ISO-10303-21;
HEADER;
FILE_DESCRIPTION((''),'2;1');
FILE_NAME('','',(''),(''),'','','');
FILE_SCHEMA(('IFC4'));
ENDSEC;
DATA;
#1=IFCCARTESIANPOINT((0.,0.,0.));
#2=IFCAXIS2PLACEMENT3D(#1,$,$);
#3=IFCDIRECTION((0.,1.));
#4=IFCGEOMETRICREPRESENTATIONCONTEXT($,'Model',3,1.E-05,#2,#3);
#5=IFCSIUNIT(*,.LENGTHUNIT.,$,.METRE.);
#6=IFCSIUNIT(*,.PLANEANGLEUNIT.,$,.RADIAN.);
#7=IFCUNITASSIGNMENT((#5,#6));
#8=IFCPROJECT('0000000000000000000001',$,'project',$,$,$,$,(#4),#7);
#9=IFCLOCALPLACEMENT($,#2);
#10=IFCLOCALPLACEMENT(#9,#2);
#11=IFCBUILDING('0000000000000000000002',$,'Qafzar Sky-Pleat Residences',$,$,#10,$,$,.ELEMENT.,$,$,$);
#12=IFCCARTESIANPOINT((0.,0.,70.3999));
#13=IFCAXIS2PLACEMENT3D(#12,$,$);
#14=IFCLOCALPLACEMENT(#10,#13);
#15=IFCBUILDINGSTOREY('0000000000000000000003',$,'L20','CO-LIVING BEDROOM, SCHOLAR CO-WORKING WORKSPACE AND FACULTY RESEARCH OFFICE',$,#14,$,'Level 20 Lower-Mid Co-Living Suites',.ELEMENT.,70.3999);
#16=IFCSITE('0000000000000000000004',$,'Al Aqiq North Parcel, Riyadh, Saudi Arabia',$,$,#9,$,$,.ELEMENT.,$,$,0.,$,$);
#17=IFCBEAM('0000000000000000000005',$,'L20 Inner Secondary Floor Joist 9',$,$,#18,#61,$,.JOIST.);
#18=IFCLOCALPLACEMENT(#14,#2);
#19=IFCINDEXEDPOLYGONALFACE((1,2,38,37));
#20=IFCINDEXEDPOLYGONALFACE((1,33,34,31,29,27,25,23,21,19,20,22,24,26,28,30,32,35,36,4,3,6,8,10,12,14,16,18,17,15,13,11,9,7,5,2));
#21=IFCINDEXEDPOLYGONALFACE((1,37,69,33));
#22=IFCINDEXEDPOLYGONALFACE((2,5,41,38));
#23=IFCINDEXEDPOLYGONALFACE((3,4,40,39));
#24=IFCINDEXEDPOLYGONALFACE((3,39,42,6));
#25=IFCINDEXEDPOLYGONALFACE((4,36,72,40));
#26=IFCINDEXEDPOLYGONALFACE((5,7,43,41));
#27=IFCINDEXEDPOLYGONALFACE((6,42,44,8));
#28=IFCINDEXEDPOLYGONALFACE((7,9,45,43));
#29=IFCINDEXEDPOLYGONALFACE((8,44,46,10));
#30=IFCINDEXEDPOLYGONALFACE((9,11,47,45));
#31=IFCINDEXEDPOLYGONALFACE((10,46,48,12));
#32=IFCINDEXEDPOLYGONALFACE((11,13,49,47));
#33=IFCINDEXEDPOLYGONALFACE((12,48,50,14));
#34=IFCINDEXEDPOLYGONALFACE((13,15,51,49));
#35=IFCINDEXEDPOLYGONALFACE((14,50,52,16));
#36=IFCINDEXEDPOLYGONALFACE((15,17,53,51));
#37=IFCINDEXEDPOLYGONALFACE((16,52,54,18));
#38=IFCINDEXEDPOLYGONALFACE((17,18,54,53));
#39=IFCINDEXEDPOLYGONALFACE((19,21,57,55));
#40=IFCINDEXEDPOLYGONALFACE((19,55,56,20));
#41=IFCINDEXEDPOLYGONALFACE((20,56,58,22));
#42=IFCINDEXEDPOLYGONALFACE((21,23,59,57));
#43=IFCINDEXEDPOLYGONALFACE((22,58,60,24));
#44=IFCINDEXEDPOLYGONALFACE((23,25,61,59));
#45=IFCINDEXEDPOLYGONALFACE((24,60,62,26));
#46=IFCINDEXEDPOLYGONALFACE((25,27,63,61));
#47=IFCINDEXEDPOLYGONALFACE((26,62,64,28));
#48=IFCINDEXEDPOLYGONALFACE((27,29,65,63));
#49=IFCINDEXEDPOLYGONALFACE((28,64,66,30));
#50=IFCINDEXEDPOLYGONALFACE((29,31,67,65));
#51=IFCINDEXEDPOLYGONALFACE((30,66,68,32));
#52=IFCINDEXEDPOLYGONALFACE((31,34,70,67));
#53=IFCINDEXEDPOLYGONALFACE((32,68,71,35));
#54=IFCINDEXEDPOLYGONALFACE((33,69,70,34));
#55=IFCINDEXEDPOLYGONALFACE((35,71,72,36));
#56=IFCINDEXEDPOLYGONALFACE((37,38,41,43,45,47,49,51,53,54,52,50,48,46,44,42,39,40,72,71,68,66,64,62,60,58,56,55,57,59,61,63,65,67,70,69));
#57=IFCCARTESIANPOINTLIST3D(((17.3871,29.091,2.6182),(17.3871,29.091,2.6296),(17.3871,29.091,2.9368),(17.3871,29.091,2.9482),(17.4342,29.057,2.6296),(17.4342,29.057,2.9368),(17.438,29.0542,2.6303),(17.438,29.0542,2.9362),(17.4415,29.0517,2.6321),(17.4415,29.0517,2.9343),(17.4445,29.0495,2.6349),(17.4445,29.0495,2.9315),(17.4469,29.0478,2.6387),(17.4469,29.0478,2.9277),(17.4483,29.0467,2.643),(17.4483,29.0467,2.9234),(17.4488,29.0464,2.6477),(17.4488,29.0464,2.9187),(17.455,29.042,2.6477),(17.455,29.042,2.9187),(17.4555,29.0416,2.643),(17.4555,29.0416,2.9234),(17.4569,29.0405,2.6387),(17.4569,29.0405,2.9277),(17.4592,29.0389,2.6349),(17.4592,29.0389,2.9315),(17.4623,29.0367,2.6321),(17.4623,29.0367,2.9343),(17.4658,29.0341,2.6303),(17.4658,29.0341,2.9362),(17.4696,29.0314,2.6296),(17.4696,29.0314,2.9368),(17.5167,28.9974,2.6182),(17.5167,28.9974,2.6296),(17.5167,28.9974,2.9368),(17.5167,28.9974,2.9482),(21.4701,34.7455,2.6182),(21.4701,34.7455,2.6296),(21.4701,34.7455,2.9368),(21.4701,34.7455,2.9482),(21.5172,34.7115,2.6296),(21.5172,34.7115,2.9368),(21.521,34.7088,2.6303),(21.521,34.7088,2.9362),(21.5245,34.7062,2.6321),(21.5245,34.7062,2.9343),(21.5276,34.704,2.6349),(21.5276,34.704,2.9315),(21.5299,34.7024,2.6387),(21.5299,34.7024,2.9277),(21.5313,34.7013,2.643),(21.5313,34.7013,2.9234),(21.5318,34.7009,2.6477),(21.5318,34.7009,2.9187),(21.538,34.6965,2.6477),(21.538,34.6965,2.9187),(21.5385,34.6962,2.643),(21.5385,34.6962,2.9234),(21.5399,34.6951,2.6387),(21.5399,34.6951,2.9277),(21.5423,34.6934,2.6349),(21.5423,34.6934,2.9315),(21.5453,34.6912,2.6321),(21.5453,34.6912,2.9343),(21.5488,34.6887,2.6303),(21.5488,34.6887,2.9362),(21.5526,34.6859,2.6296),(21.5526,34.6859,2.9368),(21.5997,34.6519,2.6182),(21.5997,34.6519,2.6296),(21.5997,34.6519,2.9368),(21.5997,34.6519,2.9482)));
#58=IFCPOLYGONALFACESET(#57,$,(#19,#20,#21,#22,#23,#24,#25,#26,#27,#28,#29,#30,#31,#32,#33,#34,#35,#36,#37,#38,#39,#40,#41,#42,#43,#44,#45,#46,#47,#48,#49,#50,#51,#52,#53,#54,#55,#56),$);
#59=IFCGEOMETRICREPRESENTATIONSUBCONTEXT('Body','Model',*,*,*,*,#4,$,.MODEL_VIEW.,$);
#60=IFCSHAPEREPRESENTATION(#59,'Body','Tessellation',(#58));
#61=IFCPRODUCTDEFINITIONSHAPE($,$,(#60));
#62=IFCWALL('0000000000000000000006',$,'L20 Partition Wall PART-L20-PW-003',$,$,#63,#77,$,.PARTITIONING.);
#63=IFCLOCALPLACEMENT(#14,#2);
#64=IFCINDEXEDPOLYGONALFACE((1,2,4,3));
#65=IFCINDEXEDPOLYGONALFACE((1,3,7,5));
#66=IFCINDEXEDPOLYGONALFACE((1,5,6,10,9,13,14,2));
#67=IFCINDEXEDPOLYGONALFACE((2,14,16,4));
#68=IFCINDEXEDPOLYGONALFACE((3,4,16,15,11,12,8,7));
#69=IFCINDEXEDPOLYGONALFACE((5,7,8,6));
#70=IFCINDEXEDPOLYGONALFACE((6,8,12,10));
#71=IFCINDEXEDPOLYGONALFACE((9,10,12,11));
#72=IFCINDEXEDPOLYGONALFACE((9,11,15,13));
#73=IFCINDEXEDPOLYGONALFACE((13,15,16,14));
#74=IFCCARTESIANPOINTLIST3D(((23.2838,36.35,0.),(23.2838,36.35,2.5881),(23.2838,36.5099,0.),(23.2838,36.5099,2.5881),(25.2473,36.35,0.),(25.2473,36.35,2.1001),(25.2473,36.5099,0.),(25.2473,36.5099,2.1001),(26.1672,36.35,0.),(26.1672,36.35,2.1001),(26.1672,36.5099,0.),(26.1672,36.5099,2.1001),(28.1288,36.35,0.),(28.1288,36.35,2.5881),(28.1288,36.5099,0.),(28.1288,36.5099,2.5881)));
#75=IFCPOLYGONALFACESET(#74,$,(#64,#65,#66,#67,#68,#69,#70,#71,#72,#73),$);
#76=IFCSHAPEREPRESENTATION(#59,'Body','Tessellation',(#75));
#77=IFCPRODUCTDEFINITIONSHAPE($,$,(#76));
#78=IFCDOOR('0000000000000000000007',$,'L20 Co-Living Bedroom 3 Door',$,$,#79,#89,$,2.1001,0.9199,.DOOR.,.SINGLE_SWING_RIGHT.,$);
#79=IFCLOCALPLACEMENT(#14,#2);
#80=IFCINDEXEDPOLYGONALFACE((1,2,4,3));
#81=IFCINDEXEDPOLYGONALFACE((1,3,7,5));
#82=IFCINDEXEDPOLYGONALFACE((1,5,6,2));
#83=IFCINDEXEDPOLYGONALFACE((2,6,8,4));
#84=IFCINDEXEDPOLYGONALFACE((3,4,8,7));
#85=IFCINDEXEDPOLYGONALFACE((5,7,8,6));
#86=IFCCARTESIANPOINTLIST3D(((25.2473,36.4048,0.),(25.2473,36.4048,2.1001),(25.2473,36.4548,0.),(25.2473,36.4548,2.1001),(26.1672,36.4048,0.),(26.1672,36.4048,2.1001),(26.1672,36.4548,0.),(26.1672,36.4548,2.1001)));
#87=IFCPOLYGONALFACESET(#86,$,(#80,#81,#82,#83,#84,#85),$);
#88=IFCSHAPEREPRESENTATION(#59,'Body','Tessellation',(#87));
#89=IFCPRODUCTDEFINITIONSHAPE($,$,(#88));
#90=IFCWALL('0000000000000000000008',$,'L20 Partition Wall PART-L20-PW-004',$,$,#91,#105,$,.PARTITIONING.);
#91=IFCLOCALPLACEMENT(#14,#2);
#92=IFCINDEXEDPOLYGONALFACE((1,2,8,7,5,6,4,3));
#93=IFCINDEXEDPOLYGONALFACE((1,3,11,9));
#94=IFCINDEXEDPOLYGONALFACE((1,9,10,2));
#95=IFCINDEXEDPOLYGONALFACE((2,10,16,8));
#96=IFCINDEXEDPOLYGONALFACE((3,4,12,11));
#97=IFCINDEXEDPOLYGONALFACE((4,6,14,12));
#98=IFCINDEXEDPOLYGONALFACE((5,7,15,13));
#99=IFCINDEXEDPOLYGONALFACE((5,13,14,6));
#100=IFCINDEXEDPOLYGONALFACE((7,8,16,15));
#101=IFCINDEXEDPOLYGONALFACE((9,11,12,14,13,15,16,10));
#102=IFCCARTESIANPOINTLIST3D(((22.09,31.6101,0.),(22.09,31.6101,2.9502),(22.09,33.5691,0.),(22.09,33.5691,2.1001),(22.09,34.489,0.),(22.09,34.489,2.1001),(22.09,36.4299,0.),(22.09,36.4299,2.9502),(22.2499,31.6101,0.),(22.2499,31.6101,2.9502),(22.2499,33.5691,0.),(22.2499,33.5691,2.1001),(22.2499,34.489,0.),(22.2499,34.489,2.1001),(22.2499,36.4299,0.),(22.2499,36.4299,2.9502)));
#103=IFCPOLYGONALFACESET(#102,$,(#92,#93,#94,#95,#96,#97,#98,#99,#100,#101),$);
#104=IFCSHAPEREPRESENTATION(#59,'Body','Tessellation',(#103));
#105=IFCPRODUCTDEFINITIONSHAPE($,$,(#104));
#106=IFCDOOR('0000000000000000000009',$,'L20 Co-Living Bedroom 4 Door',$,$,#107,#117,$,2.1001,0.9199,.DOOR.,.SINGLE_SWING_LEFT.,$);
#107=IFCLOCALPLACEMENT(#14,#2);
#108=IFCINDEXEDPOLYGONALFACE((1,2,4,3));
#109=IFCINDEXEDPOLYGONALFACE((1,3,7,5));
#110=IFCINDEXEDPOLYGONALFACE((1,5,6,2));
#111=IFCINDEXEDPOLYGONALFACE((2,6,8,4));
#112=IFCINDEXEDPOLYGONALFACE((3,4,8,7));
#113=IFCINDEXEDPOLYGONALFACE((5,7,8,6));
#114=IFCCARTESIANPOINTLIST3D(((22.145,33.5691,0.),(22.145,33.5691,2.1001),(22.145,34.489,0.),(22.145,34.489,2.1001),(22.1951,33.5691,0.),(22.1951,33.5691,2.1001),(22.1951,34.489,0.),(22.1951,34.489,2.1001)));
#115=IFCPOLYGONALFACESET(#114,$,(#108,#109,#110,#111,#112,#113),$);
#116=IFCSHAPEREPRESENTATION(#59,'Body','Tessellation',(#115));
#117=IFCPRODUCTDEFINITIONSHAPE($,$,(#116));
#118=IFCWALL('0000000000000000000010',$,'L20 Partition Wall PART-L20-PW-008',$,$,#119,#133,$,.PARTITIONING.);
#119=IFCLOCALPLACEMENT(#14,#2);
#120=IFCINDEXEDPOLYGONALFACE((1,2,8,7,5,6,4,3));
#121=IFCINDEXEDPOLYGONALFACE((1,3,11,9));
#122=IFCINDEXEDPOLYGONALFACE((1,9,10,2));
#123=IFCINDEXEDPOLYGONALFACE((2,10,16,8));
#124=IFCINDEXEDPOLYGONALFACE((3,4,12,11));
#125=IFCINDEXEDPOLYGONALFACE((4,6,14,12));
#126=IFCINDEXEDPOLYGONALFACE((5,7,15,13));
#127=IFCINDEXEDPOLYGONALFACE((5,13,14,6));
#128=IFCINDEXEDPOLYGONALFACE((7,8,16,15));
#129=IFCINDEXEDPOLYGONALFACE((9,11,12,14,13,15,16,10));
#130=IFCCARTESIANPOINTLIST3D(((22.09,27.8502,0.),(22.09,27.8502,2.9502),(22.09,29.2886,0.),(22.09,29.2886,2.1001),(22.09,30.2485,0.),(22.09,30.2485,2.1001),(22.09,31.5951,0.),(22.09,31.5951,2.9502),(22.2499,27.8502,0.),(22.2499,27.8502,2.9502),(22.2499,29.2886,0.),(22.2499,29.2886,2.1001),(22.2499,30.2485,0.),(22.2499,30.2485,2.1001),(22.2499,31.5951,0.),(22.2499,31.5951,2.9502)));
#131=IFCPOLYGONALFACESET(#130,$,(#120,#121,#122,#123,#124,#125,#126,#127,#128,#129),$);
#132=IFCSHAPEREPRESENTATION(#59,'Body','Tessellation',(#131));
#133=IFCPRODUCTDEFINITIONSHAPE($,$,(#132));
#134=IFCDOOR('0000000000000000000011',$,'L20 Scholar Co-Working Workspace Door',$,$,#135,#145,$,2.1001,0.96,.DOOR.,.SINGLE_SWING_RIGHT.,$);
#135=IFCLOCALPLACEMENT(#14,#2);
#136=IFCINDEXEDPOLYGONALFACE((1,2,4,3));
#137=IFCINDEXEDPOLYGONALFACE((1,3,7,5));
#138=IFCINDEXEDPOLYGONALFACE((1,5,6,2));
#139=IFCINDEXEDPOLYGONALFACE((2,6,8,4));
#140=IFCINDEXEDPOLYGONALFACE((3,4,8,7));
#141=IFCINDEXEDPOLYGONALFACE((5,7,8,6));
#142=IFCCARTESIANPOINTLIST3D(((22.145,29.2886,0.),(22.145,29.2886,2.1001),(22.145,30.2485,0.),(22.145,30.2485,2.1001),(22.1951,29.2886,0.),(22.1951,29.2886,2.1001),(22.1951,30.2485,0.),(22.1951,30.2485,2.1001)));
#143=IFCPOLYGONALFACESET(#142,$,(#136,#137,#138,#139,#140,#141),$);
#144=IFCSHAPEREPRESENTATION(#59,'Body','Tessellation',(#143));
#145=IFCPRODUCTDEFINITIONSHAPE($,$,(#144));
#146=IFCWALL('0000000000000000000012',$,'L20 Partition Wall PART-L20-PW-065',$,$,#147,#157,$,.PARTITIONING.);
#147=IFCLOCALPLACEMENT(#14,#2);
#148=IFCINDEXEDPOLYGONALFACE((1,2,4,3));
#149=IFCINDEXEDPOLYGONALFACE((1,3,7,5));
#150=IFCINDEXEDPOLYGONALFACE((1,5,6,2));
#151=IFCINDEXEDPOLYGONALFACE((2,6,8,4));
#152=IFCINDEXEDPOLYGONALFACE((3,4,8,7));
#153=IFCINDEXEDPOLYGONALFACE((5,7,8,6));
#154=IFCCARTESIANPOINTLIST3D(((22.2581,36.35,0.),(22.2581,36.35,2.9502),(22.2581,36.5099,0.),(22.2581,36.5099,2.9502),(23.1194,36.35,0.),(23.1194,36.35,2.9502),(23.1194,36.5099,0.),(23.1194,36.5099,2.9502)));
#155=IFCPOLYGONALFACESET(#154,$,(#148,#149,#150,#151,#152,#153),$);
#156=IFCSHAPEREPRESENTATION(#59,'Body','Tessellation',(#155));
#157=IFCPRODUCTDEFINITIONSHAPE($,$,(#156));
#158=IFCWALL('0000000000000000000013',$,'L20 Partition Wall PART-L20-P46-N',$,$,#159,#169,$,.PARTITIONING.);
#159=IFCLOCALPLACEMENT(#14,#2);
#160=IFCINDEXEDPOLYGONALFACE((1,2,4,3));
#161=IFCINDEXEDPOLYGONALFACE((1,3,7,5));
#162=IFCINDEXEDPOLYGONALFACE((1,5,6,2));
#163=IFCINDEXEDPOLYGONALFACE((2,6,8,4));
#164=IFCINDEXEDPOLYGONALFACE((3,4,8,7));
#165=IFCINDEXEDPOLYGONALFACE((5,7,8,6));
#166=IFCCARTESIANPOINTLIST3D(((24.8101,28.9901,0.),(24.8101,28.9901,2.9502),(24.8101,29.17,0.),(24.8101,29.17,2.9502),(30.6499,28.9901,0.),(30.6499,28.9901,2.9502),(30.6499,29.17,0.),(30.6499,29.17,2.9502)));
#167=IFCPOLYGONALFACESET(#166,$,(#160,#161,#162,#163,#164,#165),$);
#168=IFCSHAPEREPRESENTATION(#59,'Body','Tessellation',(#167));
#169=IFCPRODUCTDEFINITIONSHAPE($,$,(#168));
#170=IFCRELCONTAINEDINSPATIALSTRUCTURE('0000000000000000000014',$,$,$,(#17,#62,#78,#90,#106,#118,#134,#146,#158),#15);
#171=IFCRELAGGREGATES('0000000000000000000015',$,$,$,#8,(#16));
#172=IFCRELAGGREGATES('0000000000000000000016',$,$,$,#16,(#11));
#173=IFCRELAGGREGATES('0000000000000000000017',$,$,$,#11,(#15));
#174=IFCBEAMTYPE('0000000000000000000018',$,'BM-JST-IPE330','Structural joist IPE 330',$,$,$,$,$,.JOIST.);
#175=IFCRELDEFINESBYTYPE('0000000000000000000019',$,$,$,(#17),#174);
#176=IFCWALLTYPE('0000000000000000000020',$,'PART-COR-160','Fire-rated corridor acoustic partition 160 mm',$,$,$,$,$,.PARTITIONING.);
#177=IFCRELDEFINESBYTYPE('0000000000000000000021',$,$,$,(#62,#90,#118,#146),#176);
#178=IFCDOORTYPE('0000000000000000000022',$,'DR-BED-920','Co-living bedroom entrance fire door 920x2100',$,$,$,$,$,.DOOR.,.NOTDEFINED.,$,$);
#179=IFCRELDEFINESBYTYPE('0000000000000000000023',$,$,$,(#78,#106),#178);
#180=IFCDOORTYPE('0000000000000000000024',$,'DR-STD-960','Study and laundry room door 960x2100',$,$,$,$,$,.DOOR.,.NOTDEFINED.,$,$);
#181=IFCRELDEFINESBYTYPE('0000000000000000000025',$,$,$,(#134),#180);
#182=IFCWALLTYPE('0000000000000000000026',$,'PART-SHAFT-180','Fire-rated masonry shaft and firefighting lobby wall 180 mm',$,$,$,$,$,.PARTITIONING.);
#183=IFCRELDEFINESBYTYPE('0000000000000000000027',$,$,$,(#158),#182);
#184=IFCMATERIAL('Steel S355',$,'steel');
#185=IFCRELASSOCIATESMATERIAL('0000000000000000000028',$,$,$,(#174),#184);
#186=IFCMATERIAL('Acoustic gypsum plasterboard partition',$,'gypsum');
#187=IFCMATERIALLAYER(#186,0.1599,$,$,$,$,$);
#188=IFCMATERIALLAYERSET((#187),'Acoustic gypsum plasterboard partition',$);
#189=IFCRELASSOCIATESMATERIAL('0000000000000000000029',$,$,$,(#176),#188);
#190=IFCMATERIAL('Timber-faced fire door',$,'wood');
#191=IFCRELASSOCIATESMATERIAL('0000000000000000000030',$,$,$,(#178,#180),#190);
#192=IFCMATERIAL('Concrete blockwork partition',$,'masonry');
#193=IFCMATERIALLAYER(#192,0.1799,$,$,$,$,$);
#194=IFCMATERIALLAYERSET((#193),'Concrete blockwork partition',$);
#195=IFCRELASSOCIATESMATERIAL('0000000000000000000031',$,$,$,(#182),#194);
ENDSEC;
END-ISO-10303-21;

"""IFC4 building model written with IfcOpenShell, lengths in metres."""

from ifc_helpers import new_model, si_unit, direction, frame, frame_2d, origin, origin_2d, place, context, subcontext, project, spatial, rectangle, i_section, extrude, source, transform, mapped, material, layer, layer_set, material_profile, profile_set, type_object, element, fill, save


model = new_model("IFC4")

# Units and contexts
model_context = context("Model", 3, precision=1e-05, world=origin(), true_north=direction((0.0, 1.0)))
body_context = subcontext(model_context, "Body", "Model", "MODEL_VIEW")
ifc_project = project(units=[si_unit("LENGTHUNIT", "METRE"), si_unit("PLANEANGLEUNIT", "RADIAN")], contexts=[model_context])

# Site, building, storey
site_placement = place(None, origin())
site = spatial("IfcSite", under=ifc_project, at=site_placement, Name="Al Aqiq North Parcel, Riyadh, Saudi Arabia", CompositionType="ELEMENT", RefElevation=0.0)
building_placement = place(site_placement, origin())
building = spatial("IfcBuilding", under=site, at=building_placement, Name="Qafzar Sky-Pleat Residences", CompositionType="ELEMENT")
storey_placement = place(building_placement, frame((0.0, 0.0, 70.3999)))
storey = spatial("IfcBuildingStorey", under=building, at=storey_placement, Name="L20", Description="CO-LIVING BEDROOM, SCHOLAR CO-WORKING WORKSPACE AND FACULTY RESEARCH OFFICE", LongName="Level 20 Lower-Mid Co-Living Suites", CompositionType="ELEMENT", Elevation=70.3999)

# Beam
ifc_material_1 = material(Name="Steel S355", Category="steel")
ifc_material_profile = material_profile(ifc_material_1, i_section(OverallWidth=0.1599, OverallDepth=0.3301, WebThickness=0.0076, FlangeThickness=0.0115, FilletRadius=0.0181, at=origin_2d()), Name="IPE 330")
ifc_profile_set = profile_set([ifc_material_profile], Name="Steel S355")
beam_type = type_object("IfcBeamType", Name="BM-JST-IPE330", Description="Structural joist IPE 330", PredefinedType="JOIST", material=ifc_profile_set)
shared_shape_1 = source(origin(), body_context, "Body", "SweptSolid", [
    extrude(i_section(OverallWidth=0.1599, OverallDepth=0.3301, WebThickness=0.0076, FlangeThickness=0.0115, FilletRadius=0.0181, at=origin_2d()), origin(), (0.0, 0.0, 1.0), 6.9746),
])
beam_placement = place(storey_placement, frame((21.5349, 34.6987, 2.7832), z_axis=(-0.585413, -0.810736, 0.0), x_axis=(0.810736, -0.585413, 0.0)))
element("IfcBeam", 1, at=beam_placement, inside=storey, type_object=beam_type, Name="L20 Inner Secondary Floor Joist 9", PredefinedType="JOIST", context=body_context, shape_type="MappedRepresentation", body=[
    mapped(shared_shape_1, transform((0.0, 0.0, 0.0), x_axis=(1.0, 0.0, 0.0), y_axis=(0.0, 1.0, 0.0), z_axis=(0.0, 0.0, 1.0), scale=1.0)),
])

# Walls, openings, doors
ifc_material_2 = material(Name="Acoustic gypsum plasterboard partition", Category="gypsum")
ifc_layer_1 = layer(ifc_material_2, 0.1599)
ifc_layer_set_1 = layer_set([ifc_layer_1], Name="Acoustic gypsum plasterboard partition")
wall_type_1 = type_object("IfcWallType", Name="PART-COR-160", Description="Fire-rated corridor acoustic partition 160 mm", PredefinedType="PARTITIONING", material=ifc_layer_set_1)
wall_1_placement = place(storey_placement, frame((23.2839, 36.4299, 0.0), z_axis=(0.0, 0.0, 1.0), x_axis=(1.0, 0.0, 0.0)))
wall_1 = element("IfcWall", 2, at=wall_1_placement, inside=storey, type_object=wall_type_1, Name="L20 Partition Wall PART-L20-PW-003", PredefinedType="PARTITIONING", context=body_context, shape_type="SweptSolid", body=[
    extrude(rectangle(XDim=4.845, YDim=0.1599, at=frame_2d((2.4224, 0.0))), origin(), (0.0, 0.0, 1.0), 2.5881),
])
opening_1_placement = place(wall_1_placement, frame((1.9634, 0.0, 0.0)))
opening_1 = element("IfcOpeningElement", 3, at=opening_1_placement, cuts=wall_1, PredefinedType="OPENING", context=body_context, shape_type="SweptSolid", body=[
    extrude(rectangle(XDim=0.9199, YDim=2.1001, at=frame_2d((0.46, 1.05))), frame((0.0, 0.0898, 0.0), z_axis=(0.0, -1.0, 0.0), x_axis=(1.0, 0.0, 0.0)), (0.0, 0.0, 1.0), 0.1799),
])
ifc_material_3 = material(Name="Timber-faced fire door", Category="wood")
door_type_1 = type_object("IfcDoorType", Name="DR-BED-920", Description="Co-living bedroom entrance fire door 920x2100", OperationType="NOTDEFINED", PredefinedType="DOOR", material=ifc_material_3)
shared_shape_2 = source(origin(), body_context, "Body", "SweptSolid", [
    extrude(rectangle(XDim=0.9199, YDim=2.1001, at=frame_2d((0.46, 1.05))), frame((0.0, 0.0249, 0.0), z_axis=(0.0, -1.0, 0.0), x_axis=(1.0, 0.0, 0.0)), (0.0, 0.0, 1.0), 0.05),
])
door_1_placement = place(opening_1_placement, origin())
door_1 = element("IfcDoor", 4, at=door_1_placement, inside=storey, type_object=door_type_1, Name="L20 Co-Living Bedroom 3 Door", OperationType="SINGLE_SWING_RIGHT", OverallHeight=2.1001, OverallWidth=0.9199, PredefinedType="DOOR", context=body_context, shape_type="MappedRepresentation", body=[
    mapped(shared_shape_2, transform((0.0, 0.0, 0.0), x_axis=(1.0, 0.0, 0.0), y_axis=(0.0, 1.0, 0.0), z_axis=(0.0, 0.0, 1.0), scale=1.0)),
])
fill(opening_1, door_1)
wall_2_placement = place(storey_placement, frame((22.1699, 31.6101, 0.0), z_axis=(0.0, 0.0, 1.0), x_axis=(0.0, 1.0, 0.0)))
wall_2 = element("IfcWall", 5, at=wall_2_placement, inside=storey, type_object=wall_type_1, Name="L20 Partition Wall PART-L20-PW-004", PredefinedType="PARTITIONING", context=body_context, shape_type="SweptSolid", body=[
    extrude(rectangle(XDim=4.8198, YDim=0.1599, at=frame_2d((2.4099, 0.0))), origin(), (0.0, 0.0, 1.0), 2.9502),
])
opening_2_placement = place(wall_2_placement, frame((1.959, 0.0, 0.0)))
opening_2 = element("IfcOpeningElement", 6, at=opening_2_placement, cuts=wall_2, PredefinedType="OPENING", context=body_context, shape_type="SweptSolid", body=[
    extrude(rectangle(XDim=0.9199, YDim=2.1001, at=frame_2d((0.46, 1.05))), frame((0.0, 0.0898, 0.0), z_axis=(0.0, -1.0, 0.0), x_axis=(1.0, 0.0, 0.0)), (0.0, 0.0, 1.0), 0.1799),
])
door_2_placement = place(opening_2_placement, origin())
door_2 = element("IfcDoor", 7, at=door_2_placement, inside=storey, type_object=door_type_1, Name="L20 Co-Living Bedroom 4 Door", OperationType="SINGLE_SWING_LEFT", OverallHeight=2.1001, OverallWidth=0.9199, PredefinedType="DOOR", context=body_context, shape_type="MappedRepresentation", body=[
    mapped(shared_shape_2, transform((0.0, 0.0, 0.0), x_axis=(1.0, 0.0, 0.0), y_axis=(0.0, 1.0, 0.0), z_axis=(0.0, 0.0, 1.0), scale=1.0)),
])
fill(opening_2, door_2)
wall_3_placement = place(storey_placement, frame((22.1699, 27.8501, 0.0), z_axis=(0.0, 0.0, 1.0), x_axis=(0.0, 1.0, 0.0)))
wall_3 = element("IfcWall", 8, at=wall_3_placement, inside=storey, type_object=wall_type_1, Name="L20 Partition Wall PART-L20-PW-008", PredefinedType="PARTITIONING", context=body_context, shape_type="SweptSolid", body=[
    extrude(rectangle(XDim=3.7449, YDim=0.1599, at=frame_2d((1.8726, 0.0))), origin(), (0.0, 0.0, 1.0), 2.9502),
])
opening_3_placement = place(wall_3_placement, frame((1.4385, 0.0, 0.0)))
opening_3 = element("IfcOpeningElement", 9, at=opening_3_placement, cuts=wall_3, PredefinedType="OPENING", context=body_context, shape_type="SweptSolid", body=[
    extrude(rectangle(XDim=0.96, YDim=2.1001, at=frame_2d((0.48, 1.05))), frame((0.0, 0.0898, 0.0), z_axis=(0.0, -1.0, 0.0), x_axis=(1.0, 0.0, 0.0)), (0.0, 0.0, 1.0), 0.1799),
])
door_type_2 = type_object("IfcDoorType", Name="DR-STD-960", Description="Study and laundry room door 960x2100", OperationType="NOTDEFINED", PredefinedType="DOOR", material=ifc_material_3)
shared_shape_3 = source(origin(), body_context, "Body", "SweptSolid", [
    extrude(rectangle(XDim=0.96, YDim=2.1001, at=frame_2d((0.48, 1.05))), frame((0.0, 0.0249, 0.0), z_axis=(0.0, -1.0, 0.0), x_axis=(1.0, 0.0, 0.0)), (0.0, 0.0, 1.0), 0.05),
])
door_3_placement = place(opening_3_placement, origin())
door_3 = element("IfcDoor", 10, at=door_3_placement, inside=storey, type_object=door_type_2, Name="L20 Scholar Co-Working Workspace Door", OperationType="SINGLE_SWING_RIGHT", OverallHeight=2.1001, OverallWidth=0.96, PredefinedType="DOOR", context=body_context, shape_type="MappedRepresentation", body=[
    mapped(shared_shape_3, transform((0.0, 0.0, 0.0), x_axis=(1.0, 0.0, 0.0), y_axis=(0.0, 1.0, 0.0), z_axis=(0.0, 0.0, 1.0), scale=1.0)),
])
fill(opening_3, door_3)

# Walls
wall_4_placement = place(storey_placement, frame((22.2581, 36.4299, 0.0), z_axis=(0.0, 0.0, 1.0), x_axis=(1.0, 0.0, 0.0)))
element("IfcWall", 11, at=wall_4_placement, inside=storey, type_object=wall_type_1, Name="L20 Partition Wall PART-L20-PW-065", PredefinedType="PARTITIONING", context=body_context, shape_type="SweptSolid", body=[
    extrude(rectangle(XDim=0.8613, YDim=0.1599, at=frame_2d((0.4307, 0.0))), origin(), (0.0, 0.0, 1.0), 2.9502),
])
ifc_material_4 = material(Name="Concrete blockwork partition", Category="masonry")
ifc_layer_2 = layer(ifc_material_4, 0.1799)
ifc_layer_set_2 = layer_set([ifc_layer_2], Name="Concrete blockwork partition")
wall_type_2 = type_object("IfcWallType", Name="PART-SHAFT-180", Description="Fire-rated masonry shaft and firefighting lobby wall 180 mm", PredefinedType="PARTITIONING", material=ifc_layer_set_2)
wall_5_placement = place(storey_placement, frame((24.8101, 29.0801, 0.0), z_axis=(0.0, 0.0, 1.0), x_axis=(1.0, 0.0, 0.0)))
element("IfcWall", 12, at=wall_5_placement, inside=storey, type_object=wall_type_2, Name="L20 Partition Wall PART-L20-P46-N", PredefinedType="PARTITIONING", context=body_context, shape_type="SweptSolid", body=[
    extrude(rectangle(XDim=5.8398, YDim=0.1799, at=frame_2d((2.9199, 0.0))), origin(), (0.0, 0.0, 1.0), 2.9502),
])

save(model, "model.ifc")
